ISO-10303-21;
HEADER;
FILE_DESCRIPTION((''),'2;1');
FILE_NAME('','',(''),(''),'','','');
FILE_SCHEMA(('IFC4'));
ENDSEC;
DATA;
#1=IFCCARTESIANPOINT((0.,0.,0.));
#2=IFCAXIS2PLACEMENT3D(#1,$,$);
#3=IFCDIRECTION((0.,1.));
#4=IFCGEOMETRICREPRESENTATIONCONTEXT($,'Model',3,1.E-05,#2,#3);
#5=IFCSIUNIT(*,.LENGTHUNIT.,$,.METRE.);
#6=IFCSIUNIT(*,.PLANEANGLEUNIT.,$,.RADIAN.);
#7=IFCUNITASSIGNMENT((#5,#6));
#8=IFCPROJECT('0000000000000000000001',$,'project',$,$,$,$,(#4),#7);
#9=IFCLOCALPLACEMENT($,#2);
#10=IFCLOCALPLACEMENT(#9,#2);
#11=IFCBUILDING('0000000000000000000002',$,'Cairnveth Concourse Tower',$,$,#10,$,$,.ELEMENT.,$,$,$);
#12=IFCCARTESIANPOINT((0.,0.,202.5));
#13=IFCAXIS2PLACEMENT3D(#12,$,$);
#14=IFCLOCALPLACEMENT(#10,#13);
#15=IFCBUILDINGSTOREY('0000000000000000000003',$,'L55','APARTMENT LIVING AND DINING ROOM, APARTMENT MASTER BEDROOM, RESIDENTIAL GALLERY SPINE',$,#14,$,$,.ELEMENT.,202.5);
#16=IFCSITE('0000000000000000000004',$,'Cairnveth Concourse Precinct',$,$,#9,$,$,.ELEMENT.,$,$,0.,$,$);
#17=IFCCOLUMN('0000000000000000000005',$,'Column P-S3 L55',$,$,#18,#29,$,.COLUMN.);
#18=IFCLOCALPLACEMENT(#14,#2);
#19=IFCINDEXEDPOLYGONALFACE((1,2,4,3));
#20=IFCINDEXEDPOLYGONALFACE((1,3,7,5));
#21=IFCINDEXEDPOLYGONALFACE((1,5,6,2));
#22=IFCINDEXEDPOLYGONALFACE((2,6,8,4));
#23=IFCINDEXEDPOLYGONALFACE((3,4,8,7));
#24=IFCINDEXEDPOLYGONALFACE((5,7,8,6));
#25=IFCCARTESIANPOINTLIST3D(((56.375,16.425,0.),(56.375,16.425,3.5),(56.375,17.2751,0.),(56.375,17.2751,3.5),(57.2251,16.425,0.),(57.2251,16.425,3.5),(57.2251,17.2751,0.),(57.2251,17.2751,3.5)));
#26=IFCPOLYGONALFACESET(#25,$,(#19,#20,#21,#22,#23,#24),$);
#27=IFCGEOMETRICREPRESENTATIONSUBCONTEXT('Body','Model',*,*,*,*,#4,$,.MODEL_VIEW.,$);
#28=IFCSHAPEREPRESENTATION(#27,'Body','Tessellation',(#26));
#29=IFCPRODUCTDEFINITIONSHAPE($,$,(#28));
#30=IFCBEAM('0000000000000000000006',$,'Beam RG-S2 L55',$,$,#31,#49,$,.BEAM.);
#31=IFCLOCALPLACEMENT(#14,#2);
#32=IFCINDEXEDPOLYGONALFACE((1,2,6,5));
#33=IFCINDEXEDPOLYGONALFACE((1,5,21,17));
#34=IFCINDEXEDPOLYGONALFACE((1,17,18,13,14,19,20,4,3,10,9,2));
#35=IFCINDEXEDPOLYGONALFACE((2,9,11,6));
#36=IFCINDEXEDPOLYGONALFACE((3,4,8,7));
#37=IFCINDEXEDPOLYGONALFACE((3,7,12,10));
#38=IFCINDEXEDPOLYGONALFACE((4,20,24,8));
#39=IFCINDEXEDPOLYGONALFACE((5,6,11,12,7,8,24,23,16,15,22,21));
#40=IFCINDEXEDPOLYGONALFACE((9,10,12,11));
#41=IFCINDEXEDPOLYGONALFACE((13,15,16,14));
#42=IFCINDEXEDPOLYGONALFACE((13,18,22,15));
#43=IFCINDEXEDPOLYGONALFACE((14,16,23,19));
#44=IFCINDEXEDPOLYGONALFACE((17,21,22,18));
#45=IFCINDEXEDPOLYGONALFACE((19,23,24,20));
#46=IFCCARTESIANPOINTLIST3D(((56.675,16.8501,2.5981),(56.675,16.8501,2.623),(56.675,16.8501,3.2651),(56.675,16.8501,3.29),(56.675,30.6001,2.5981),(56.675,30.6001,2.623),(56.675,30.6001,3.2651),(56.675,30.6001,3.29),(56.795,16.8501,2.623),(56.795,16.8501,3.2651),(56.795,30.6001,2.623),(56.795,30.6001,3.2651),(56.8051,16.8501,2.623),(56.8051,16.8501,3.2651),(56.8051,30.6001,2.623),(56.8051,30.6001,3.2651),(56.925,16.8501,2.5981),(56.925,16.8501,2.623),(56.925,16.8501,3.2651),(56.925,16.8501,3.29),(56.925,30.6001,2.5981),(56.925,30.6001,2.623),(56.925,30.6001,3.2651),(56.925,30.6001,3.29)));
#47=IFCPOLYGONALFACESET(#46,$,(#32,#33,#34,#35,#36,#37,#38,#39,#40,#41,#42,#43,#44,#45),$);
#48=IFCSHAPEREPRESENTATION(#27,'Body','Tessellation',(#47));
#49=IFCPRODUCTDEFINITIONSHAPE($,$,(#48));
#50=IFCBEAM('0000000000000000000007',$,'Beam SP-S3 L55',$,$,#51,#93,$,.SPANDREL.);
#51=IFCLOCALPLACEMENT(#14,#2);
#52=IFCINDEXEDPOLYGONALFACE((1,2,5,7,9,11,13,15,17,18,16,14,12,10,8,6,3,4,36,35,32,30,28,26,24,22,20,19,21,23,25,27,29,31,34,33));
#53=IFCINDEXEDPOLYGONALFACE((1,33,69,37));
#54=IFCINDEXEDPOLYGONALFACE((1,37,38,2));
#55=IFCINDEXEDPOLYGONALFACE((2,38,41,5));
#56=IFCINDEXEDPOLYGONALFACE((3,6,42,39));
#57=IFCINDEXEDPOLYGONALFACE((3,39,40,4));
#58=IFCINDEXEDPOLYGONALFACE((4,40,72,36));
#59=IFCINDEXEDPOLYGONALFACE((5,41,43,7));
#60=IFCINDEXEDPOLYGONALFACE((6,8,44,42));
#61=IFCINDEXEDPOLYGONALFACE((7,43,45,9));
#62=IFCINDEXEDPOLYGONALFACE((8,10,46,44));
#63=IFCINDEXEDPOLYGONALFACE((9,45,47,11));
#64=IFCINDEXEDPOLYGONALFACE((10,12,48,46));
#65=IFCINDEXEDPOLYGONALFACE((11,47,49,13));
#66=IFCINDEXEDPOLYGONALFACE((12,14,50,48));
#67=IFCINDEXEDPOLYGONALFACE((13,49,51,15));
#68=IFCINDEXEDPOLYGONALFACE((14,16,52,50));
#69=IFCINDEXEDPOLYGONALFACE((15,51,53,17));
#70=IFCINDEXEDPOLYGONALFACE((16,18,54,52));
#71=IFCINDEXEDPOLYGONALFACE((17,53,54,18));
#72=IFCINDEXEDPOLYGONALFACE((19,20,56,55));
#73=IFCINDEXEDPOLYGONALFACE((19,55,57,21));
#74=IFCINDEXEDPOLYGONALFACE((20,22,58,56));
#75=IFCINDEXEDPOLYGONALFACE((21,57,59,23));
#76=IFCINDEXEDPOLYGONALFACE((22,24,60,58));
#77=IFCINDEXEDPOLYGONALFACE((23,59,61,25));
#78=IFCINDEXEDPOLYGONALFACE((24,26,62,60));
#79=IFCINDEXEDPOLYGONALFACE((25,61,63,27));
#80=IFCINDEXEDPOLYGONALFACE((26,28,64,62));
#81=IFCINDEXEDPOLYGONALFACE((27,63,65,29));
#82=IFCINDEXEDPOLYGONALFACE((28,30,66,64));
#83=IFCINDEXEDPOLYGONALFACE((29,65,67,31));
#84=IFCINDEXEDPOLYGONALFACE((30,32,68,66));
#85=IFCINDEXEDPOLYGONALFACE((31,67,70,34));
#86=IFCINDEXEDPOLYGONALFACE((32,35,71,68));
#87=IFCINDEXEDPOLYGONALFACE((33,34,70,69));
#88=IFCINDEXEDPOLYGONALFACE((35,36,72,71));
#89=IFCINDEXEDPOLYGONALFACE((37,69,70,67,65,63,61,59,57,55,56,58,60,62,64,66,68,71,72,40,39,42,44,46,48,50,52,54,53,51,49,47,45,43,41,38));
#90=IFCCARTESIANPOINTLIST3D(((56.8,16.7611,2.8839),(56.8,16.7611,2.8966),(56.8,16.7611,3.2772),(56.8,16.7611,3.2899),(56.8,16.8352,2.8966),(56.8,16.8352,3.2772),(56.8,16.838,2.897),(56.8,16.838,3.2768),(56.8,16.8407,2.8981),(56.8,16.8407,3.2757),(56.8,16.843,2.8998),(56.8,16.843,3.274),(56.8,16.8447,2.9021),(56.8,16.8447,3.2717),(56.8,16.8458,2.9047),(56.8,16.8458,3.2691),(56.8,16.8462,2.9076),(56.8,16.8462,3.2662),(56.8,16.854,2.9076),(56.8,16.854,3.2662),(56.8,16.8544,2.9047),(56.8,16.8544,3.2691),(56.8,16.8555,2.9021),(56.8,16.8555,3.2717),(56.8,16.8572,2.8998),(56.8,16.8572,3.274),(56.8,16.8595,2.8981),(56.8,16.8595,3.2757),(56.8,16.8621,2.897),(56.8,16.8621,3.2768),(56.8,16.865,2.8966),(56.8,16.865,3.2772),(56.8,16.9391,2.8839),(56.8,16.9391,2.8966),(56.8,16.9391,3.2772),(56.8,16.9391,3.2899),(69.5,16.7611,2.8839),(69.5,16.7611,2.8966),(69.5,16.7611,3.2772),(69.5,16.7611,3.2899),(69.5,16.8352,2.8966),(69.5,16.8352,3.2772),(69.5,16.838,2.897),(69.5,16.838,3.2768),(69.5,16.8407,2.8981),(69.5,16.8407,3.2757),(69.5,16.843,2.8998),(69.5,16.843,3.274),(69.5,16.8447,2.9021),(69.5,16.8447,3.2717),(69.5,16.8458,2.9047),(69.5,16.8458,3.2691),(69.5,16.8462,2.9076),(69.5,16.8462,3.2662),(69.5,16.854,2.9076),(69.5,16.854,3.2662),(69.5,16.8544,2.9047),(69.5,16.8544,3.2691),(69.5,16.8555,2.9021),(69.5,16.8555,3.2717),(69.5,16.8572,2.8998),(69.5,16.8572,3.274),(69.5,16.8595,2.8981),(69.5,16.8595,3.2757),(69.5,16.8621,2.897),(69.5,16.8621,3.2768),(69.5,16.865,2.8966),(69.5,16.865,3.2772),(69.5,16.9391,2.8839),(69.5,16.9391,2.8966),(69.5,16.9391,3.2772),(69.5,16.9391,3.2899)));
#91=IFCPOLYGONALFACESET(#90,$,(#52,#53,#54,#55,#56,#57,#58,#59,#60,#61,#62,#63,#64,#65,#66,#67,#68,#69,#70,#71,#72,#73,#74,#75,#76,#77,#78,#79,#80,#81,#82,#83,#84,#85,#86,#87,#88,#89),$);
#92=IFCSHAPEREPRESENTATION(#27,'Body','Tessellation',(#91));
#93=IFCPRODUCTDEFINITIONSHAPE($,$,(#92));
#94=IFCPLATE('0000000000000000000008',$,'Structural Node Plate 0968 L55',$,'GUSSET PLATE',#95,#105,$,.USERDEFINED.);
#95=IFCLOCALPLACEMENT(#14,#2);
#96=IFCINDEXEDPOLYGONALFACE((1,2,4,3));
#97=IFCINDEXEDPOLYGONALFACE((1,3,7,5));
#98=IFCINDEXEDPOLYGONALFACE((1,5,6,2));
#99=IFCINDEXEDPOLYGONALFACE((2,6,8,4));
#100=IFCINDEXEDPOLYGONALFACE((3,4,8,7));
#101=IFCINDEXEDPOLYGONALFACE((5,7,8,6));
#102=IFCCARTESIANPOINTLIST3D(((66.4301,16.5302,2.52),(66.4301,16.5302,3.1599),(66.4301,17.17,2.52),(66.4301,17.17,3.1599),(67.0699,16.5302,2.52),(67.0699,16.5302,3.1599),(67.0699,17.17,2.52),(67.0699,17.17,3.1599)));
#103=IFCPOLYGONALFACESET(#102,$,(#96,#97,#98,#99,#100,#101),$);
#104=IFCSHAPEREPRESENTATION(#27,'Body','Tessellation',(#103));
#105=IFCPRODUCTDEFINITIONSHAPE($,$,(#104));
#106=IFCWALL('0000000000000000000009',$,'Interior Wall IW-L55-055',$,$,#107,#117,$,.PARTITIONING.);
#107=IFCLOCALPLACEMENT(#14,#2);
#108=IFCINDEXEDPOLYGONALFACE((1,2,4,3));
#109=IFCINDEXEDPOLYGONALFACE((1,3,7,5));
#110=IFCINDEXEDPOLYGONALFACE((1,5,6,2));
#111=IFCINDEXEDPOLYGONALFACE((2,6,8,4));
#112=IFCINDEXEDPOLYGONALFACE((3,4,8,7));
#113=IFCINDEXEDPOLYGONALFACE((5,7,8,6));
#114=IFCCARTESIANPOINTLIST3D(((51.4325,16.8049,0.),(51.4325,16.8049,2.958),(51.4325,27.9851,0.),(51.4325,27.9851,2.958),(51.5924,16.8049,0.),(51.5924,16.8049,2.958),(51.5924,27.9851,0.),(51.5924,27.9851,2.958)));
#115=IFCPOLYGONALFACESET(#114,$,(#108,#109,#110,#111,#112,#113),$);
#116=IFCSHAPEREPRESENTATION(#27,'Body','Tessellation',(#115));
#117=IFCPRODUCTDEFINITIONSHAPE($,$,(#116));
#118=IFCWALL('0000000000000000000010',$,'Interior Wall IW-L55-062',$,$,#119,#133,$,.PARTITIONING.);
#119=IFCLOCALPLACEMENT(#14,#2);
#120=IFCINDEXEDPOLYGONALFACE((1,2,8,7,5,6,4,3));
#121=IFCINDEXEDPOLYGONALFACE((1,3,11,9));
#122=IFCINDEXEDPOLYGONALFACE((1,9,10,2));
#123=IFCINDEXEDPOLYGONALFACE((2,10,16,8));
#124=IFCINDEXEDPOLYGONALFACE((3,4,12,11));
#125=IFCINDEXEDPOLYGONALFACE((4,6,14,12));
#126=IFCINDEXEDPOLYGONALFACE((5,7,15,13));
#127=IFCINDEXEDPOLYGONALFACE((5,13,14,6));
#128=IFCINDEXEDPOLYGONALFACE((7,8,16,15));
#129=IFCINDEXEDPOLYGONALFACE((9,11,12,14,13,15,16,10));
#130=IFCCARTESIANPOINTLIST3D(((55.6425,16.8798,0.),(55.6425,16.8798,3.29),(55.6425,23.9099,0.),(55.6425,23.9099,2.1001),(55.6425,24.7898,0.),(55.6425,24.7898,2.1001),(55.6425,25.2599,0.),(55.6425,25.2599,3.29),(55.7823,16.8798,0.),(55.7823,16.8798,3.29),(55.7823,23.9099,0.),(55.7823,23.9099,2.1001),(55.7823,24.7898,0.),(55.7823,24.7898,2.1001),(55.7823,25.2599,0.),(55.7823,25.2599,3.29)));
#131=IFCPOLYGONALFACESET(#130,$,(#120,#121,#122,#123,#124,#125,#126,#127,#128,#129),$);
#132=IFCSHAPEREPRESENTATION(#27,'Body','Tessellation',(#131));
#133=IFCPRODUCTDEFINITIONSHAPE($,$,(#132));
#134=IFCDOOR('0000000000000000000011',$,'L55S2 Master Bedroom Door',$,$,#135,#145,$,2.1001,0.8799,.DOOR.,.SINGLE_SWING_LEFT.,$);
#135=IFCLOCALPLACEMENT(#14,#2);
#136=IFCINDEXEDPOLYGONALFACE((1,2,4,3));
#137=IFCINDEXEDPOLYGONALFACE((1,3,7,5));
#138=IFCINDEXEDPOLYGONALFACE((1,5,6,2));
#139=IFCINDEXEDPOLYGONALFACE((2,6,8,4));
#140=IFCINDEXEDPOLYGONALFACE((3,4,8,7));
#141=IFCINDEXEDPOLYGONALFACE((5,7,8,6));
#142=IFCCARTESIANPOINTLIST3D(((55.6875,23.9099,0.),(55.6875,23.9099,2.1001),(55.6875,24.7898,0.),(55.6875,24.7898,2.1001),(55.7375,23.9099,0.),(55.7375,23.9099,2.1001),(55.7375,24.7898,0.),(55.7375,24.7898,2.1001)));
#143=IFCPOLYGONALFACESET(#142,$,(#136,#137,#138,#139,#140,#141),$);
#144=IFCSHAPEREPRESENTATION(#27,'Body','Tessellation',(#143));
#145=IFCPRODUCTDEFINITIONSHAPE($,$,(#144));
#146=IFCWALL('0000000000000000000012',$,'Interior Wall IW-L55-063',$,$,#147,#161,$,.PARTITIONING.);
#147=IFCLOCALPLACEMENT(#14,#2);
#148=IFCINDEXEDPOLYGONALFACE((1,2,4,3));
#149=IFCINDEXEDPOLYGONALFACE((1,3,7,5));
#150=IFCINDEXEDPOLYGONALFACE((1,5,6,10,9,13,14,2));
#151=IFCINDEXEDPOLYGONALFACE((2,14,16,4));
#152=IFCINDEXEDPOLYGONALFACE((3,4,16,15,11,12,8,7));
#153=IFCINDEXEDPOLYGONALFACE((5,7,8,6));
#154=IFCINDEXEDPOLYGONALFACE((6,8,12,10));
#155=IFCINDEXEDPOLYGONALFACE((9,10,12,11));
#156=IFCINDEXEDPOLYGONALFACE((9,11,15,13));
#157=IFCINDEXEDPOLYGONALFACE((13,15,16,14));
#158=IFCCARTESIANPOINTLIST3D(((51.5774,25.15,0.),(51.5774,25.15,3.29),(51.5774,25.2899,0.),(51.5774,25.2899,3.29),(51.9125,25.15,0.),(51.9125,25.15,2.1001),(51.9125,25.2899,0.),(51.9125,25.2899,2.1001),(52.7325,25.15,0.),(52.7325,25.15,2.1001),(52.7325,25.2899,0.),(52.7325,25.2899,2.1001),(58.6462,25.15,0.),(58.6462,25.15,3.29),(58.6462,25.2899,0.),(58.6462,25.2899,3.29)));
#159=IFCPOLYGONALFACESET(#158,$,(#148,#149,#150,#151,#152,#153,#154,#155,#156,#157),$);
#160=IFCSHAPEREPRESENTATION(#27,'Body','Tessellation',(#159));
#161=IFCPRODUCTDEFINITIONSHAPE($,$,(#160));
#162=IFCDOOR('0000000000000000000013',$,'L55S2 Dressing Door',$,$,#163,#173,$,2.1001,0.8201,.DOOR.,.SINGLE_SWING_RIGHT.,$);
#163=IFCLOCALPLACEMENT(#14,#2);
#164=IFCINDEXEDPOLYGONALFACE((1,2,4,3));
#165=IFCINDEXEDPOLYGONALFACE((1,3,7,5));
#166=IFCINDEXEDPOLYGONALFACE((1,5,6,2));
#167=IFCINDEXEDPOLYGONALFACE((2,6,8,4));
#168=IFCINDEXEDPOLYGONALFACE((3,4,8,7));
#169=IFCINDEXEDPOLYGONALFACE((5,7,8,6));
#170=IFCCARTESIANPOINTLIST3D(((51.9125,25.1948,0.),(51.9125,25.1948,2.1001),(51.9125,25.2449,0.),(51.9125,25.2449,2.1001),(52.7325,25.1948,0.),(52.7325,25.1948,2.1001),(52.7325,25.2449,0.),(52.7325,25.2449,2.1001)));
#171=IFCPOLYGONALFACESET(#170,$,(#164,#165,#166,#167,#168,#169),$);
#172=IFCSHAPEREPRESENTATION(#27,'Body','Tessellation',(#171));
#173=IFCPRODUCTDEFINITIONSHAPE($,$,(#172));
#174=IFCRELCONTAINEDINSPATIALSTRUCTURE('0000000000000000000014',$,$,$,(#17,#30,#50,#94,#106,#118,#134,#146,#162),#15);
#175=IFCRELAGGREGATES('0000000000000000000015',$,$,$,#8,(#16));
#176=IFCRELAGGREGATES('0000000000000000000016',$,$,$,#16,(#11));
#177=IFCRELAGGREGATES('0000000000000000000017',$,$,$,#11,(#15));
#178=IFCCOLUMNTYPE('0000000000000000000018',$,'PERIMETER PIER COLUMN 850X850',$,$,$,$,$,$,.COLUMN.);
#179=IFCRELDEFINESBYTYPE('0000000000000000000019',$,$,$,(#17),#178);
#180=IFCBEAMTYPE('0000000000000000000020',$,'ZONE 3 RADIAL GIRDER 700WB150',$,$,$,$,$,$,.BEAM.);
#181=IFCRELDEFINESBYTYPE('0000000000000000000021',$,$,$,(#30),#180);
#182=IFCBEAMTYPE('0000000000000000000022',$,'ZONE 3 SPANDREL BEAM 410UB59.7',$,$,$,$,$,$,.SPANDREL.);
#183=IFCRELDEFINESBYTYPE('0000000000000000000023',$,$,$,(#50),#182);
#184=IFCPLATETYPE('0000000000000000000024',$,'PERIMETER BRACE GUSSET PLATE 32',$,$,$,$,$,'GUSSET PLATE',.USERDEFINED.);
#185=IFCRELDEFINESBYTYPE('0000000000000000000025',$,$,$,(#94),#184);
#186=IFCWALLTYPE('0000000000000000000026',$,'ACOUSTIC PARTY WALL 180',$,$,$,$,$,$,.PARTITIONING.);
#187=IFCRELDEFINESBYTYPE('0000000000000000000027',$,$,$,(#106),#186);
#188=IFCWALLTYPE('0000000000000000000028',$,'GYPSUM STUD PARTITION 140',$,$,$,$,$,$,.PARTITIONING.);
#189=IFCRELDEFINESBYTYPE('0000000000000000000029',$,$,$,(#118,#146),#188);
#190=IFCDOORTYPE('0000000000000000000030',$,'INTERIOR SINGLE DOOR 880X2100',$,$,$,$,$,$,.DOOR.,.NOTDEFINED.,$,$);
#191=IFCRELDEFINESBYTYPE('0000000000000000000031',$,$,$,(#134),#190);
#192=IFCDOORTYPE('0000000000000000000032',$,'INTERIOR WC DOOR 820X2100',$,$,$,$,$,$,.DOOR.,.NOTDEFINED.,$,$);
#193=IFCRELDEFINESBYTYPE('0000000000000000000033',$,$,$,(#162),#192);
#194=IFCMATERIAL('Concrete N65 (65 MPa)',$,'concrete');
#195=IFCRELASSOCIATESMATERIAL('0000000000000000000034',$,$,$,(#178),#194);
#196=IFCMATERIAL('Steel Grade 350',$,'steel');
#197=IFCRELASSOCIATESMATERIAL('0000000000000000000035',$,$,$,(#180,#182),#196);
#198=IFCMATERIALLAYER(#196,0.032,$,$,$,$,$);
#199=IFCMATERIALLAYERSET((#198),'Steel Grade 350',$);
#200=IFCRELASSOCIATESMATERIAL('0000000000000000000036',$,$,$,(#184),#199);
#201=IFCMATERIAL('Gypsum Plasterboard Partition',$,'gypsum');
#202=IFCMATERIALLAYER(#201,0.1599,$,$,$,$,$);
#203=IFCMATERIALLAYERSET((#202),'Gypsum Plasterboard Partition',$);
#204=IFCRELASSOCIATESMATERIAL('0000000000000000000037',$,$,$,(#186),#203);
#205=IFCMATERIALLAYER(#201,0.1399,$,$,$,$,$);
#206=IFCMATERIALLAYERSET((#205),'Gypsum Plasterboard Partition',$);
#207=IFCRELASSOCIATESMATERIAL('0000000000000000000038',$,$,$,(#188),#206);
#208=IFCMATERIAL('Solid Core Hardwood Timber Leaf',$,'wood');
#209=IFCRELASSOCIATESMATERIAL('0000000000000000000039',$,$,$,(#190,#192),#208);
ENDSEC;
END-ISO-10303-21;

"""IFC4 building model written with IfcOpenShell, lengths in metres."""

from ifc_helpers import new_model, si_unit, direction, frame, frame_2d, origin, origin_2d, place, context, subcontext, project, spatial, rectangle, i_section, extrude, material, layer, layer_set, material_profile, profile_set, type_object, element, fill, save


model = new_model("IFC4")

# Units and contexts
model_context = context("Model", 3, precision=1e-05, world=origin(), true_north=direction((0.0, 1.0)))
body_context = subcontext(model_context, "Body", "Model", "MODEL_VIEW")
ifc_project = project(units=[si_unit("LENGTHUNIT", "METRE"), si_unit("PLANEANGLEUNIT", "RADIAN")], contexts=[model_context])

# Site, building, storey
site_placement = place(None, origin())
site = spatial("IfcSite", under=ifc_project, at=site_placement, Name="Cairnveth Concourse Precinct", CompositionType="ELEMENT", RefElevation=0.0)
building_placement = place(site_placement, origin())
building = spatial("IfcBuilding", under=site, at=building_placement, Name="Cairnveth Concourse Tower", CompositionType="ELEMENT")
storey_placement = place(building_placement, frame((0.0, 0.0, 202.5)))
storey = spatial("IfcBuildingStorey", under=building, at=storey_placement, Name="L55", Description="APARTMENT LIVING AND DINING ROOM, APARTMENT MASTER BEDROOM, RESIDENTIAL GALLERY SPINE", CompositionType="ELEMENT", Elevation=202.5)

# Column
ifc_material_1 = material(Name="Concrete N65 (65 MPa)", Category="concrete")
ifc_material_profile_1 = material_profile(ifc_material_1, rectangle(XDim=0.8501, YDim=0.8501, at=origin_2d()), Name="RC-COL-850x850")
ifc_profile_set_1 = profile_set([ifc_material_profile_1], Name="Concrete N65 (65 MPa)")
column_type = type_object("IfcColumnType", Name="PERIMETER PIER COLUMN 850X850", PredefinedType="COLUMN", material=ifc_profile_set_1)
column_placement = place(storey_placement, frame((56.8, 16.8501, 0.0), z_axis=(0.0, 0.0, 1.0), x_axis=(1.0, 0.0, 0.0)))
element("IfcColumn", 1, at=column_placement, inside=storey, type_object=column_type, Name="Column P-S3 L55", PredefinedType="COLUMN", context=body_context, shape_type="SweptSolid", body=[
    extrude(rectangle(XDim=0.8501, YDim=0.8501, at=origin_2d()), origin(), (0.0, 0.0, 1.0), 3.5),
])

# Beams
ifc_material_2 = material(Name="Steel Grade 350", Category="steel")
ifc_material_profile_2 = material_profile(ifc_material_2, i_section(OverallWidth=0.25, OverallDepth=0.6919, WebThickness=0.01, FlangeThickness=0.0249, at=origin_2d()), Name="700WB150")
ifc_profile_set_2 = profile_set([ifc_material_profile_2], Name="Steel Grade 350")
beam_type_1 = type_object("IfcBeamType", Name="ZONE 3 RADIAL GIRDER 700WB150", PredefinedType="BEAM", material=ifc_profile_set_2)
beam_1_placement = place(storey_placement, frame((56.8, 16.8501, 2.9441), z_axis=(0.0, 1.0, 0.0), x_axis=(-1.0, 0.0, 0.0)))
element("IfcBeam", 2, at=beam_1_placement, inside=storey, type_object=beam_type_1, Name="Beam RG-S2 L55", PredefinedType="BEAM", context=body_context, shape_type="SweptSolid", body=[
    extrude(i_section(OverallWidth=0.25, OverallDepth=0.6919, WebThickness=0.01, FlangeThickness=0.0249, at=origin_2d()), origin(), (0.0, 0.0, 1.0), 13.75),
])
ifc_material_profile_3 = material_profile(ifc_material_2, i_section(OverallWidth=0.178, OverallDepth=0.406, WebThickness=0.0078, FlangeThickness=0.0127, FilletRadius=0.011, at=origin_2d()), Name="410UB59.7")
ifc_profile_set_3 = profile_set([ifc_material_profile_3], Name="Steel Grade 350")
beam_type_2 = type_object("IfcBeamType", Name="ZONE 3 SPANDREL BEAM 410UB59.7", PredefinedType="SPANDREL", material=ifc_profile_set_3)
beam_2_placement = place(storey_placement, frame((56.8, 16.8501, 3.0869), z_axis=(1.0, 0.0, 0.0), x_axis=(0.0, 1.0, 0.0)))
element("IfcBeam", 3, at=beam_2_placement, inside=storey, type_object=beam_type_2, Name="Beam SP-S3 L55", PredefinedType="SPANDREL", context=body_context, shape_type="SweptSolid", body=[
    extrude(i_section(OverallWidth=0.178, OverallDepth=0.406, WebThickness=0.0078, FlangeThickness=0.0127, FilletRadius=0.011, at=origin_2d()), origin(), (0.0, 0.0, 1.0), 12.7),
])

# Plate
ifc_layer_1 = layer(ifc_material_2, 0.032)
ifc_layer_set_1 = layer_set([ifc_layer_1], Name="Steel Grade 350")
plate_type = type_object("IfcPlateType", Name="PERIMETER BRACE GUSSET PLATE 32", ElementType="GUSSET PLATE", PredefinedType="USERDEFINED", material=ifc_layer_set_1)
plate_placement = place(storey_placement, frame((66.75, 16.8501, 2.52), z_axis=(0.0, 0.0, 1.0), x_axis=(1.0, 0.0, 0.0)))
element("IfcPlate", 4, at=plate_placement, inside=storey, type_object=plate_type, Name="Structural Node Plate 0968 L55", ObjectType="GUSSET PLATE", PredefinedType="USERDEFINED", context=body_context, shape_type="SweptSolid", body=[
    extrude(rectangle(XDim=0.6399, YDim=0.6399, at=origin_2d()), origin(), (0.0, 0.0, 1.0), 0.6399),
])

# Wall
ifc_material_3 = material(Name="Gypsum Plasterboard Partition", Category="gypsum")
ifc_layer_2 = layer(ifc_material_3, 0.1599)
ifc_layer_set_2 = layer_set([ifc_layer_2], Name="Gypsum Plasterboard Partition")
wall_type_1 = type_object("IfcWallType", Name="ACOUSTIC PARTY WALL 180", PredefinedType="PARTITIONING", material=ifc_layer_set_2)
wall_1_placement = place(storey_placement, frame((51.5125, 16.8049, 0.0), z_axis=(0.0, 0.0, 1.0), x_axis=(0.0, 1.0, 0.0)))
element("IfcWall", 5, at=wall_1_placement, inside=storey, type_object=wall_type_1, Name="Interior Wall IW-L55-055", PredefinedType="PARTITIONING", context=body_context, shape_type="SweptSolid", body=[
    extrude(rectangle(XDim=11.1802, YDim=0.1599, at=frame_2d((5.5901, 0.0))), origin(), (0.0, 0.0, 1.0), 2.958),
])

# Walls, openings, doors
ifc_layer_3 = layer(ifc_material_3, 0.1399)
ifc_layer_set_3 = layer_set([ifc_layer_3], Name="Gypsum Plasterboard Partition")
wall_type_2 = type_object("IfcWallType", Name="GYPSUM STUD PARTITION 140", PredefinedType="PARTITIONING", material=ifc_layer_set_3)
wall_2_placement = place(storey_placement, frame((55.7124, 16.8799, 0.0), z_axis=(0.0, 0.0, 1.0), x_axis=(0.0, 1.0, 0.0)))
wall_2 = element("IfcWall", 6, at=wall_2_placement, inside=storey, type_object=wall_type_2, Name="Interior Wall IW-L55-062", PredefinedType="PARTITIONING", context=body_context, shape_type="SweptSolid", body=[
    extrude(rectangle(XDim=8.3801, YDim=0.1399, at=frame_2d((4.1899, 0.0))), origin(), (0.0, 0.0, 1.0), 3.29),
])
opening_1_placement = place(wall_2_placement, frame((7.03, 0.0, 0.0)))
opening_1 = element("IfcOpeningElement", 7, at=opening_1_placement, cuts=wall_2, PredefinedType="OPENING", context=body_context, shape_type="SweptSolid", body=[
    extrude(rectangle(XDim=0.8799, YDim=2.1001, at=frame_2d((0.4399, 1.05))), frame((0.0, 0.0798, 0.0), z_axis=(0.0, -1.0, 0.0), x_axis=(1.0, 0.0, 0.0)), (0.0, 0.0, 1.0), 0.1599),
])
ifc_material_4 = material(Name="Solid Core Hardwood Timber Leaf", Category="wood")
door_type_1 = type_object("IfcDoorType", Name="INTERIOR SINGLE DOOR 880X2100", OperationType="NOTDEFINED", PredefinedType="DOOR", material=ifc_material_4)
door_1_placement = place(opening_1_placement, origin())
door_1 = element("IfcDoor", 8, at=door_1_placement, inside=storey, type_object=door_type_1, Name="L55S2 Master Bedroom Door", OperationType="SINGLE_SWING_LEFT", OverallHeight=2.1001, OverallWidth=0.8799, PredefinedType="DOOR", context=body_context, shape_type="SweptSolid", body=[
    extrude(rectangle(XDim=0.8799, YDim=2.1001, at=frame_2d((0.4399, 1.05))), frame((0.0, 0.0249, 0.0), z_axis=(0.0, -1.0, 0.0), x_axis=(1.0, 0.0, 0.0)), (0.0, 0.0, 1.0), 0.05),
])
fill(opening_1, door_1)
wall_3_placement = place(storey_placement, frame((51.5774, 25.22, 0.0), z_axis=(0.0, 0.0, 1.0), x_axis=(1.0, 0.0, 0.0)))
wall_3 = element("IfcWall", 9, at=wall_3_placement, inside=storey, type_object=wall_type_2, Name="Interior Wall IW-L55-063", PredefinedType="PARTITIONING", context=body_context, shape_type="SweptSolid", body=[
    extrude(rectangle(XDim=7.0688, YDim=0.1399, at=frame_2d((3.5344, 0.0))), origin(), (0.0, 0.0, 1.0), 3.29),
])
opening_2_placement = place(wall_3_placement, frame((0.335, 0.0, 0.0)))
opening_2 = element("IfcOpeningElement", 10, at=opening_2_placement, cuts=wall_3, PredefinedType="OPENING", context=body_context, shape_type="SweptSolid", body=[
    extrude(rectangle(XDim=0.8201, YDim=2.1001, at=frame_2d((0.4102, 1.05))), frame((0.0, 0.0798, 0.0), z_axis=(0.0, -1.0, 0.0), x_axis=(1.0, 0.0, 0.0)), (0.0, 0.0, 1.0), 0.1599),
])
door_type_2 = type_object("IfcDoorType", Name="INTERIOR WC DOOR 820X2100", OperationType="NOTDEFINED", PredefinedType="DOOR", material=ifc_material_4)
door_2_placement = place(opening_2_placement, origin())
door_2 = element("IfcDoor", 11, at=door_2_placement, inside=storey, type_object=door_type_2, Name="L55S2 Dressing Door", OperationType="SINGLE_SWING_RIGHT", OverallHeight=2.1001, OverallWidth=0.8201, PredefinedType="DOOR", context=body_context, shape_type="SweptSolid", body=[
    extrude(rectangle(XDim=0.8201, YDim=2.1001, at=frame_2d((0.4102, 1.05))), frame((0.0, 0.0249, 0.0), z_axis=(0.0, -1.0, 0.0), x_axis=(1.0, 0.0, 0.0)), (0.0, 0.0, 1.0), 0.05),
])
fill(opening_2, door_2)

save(model, "model.ifc")
